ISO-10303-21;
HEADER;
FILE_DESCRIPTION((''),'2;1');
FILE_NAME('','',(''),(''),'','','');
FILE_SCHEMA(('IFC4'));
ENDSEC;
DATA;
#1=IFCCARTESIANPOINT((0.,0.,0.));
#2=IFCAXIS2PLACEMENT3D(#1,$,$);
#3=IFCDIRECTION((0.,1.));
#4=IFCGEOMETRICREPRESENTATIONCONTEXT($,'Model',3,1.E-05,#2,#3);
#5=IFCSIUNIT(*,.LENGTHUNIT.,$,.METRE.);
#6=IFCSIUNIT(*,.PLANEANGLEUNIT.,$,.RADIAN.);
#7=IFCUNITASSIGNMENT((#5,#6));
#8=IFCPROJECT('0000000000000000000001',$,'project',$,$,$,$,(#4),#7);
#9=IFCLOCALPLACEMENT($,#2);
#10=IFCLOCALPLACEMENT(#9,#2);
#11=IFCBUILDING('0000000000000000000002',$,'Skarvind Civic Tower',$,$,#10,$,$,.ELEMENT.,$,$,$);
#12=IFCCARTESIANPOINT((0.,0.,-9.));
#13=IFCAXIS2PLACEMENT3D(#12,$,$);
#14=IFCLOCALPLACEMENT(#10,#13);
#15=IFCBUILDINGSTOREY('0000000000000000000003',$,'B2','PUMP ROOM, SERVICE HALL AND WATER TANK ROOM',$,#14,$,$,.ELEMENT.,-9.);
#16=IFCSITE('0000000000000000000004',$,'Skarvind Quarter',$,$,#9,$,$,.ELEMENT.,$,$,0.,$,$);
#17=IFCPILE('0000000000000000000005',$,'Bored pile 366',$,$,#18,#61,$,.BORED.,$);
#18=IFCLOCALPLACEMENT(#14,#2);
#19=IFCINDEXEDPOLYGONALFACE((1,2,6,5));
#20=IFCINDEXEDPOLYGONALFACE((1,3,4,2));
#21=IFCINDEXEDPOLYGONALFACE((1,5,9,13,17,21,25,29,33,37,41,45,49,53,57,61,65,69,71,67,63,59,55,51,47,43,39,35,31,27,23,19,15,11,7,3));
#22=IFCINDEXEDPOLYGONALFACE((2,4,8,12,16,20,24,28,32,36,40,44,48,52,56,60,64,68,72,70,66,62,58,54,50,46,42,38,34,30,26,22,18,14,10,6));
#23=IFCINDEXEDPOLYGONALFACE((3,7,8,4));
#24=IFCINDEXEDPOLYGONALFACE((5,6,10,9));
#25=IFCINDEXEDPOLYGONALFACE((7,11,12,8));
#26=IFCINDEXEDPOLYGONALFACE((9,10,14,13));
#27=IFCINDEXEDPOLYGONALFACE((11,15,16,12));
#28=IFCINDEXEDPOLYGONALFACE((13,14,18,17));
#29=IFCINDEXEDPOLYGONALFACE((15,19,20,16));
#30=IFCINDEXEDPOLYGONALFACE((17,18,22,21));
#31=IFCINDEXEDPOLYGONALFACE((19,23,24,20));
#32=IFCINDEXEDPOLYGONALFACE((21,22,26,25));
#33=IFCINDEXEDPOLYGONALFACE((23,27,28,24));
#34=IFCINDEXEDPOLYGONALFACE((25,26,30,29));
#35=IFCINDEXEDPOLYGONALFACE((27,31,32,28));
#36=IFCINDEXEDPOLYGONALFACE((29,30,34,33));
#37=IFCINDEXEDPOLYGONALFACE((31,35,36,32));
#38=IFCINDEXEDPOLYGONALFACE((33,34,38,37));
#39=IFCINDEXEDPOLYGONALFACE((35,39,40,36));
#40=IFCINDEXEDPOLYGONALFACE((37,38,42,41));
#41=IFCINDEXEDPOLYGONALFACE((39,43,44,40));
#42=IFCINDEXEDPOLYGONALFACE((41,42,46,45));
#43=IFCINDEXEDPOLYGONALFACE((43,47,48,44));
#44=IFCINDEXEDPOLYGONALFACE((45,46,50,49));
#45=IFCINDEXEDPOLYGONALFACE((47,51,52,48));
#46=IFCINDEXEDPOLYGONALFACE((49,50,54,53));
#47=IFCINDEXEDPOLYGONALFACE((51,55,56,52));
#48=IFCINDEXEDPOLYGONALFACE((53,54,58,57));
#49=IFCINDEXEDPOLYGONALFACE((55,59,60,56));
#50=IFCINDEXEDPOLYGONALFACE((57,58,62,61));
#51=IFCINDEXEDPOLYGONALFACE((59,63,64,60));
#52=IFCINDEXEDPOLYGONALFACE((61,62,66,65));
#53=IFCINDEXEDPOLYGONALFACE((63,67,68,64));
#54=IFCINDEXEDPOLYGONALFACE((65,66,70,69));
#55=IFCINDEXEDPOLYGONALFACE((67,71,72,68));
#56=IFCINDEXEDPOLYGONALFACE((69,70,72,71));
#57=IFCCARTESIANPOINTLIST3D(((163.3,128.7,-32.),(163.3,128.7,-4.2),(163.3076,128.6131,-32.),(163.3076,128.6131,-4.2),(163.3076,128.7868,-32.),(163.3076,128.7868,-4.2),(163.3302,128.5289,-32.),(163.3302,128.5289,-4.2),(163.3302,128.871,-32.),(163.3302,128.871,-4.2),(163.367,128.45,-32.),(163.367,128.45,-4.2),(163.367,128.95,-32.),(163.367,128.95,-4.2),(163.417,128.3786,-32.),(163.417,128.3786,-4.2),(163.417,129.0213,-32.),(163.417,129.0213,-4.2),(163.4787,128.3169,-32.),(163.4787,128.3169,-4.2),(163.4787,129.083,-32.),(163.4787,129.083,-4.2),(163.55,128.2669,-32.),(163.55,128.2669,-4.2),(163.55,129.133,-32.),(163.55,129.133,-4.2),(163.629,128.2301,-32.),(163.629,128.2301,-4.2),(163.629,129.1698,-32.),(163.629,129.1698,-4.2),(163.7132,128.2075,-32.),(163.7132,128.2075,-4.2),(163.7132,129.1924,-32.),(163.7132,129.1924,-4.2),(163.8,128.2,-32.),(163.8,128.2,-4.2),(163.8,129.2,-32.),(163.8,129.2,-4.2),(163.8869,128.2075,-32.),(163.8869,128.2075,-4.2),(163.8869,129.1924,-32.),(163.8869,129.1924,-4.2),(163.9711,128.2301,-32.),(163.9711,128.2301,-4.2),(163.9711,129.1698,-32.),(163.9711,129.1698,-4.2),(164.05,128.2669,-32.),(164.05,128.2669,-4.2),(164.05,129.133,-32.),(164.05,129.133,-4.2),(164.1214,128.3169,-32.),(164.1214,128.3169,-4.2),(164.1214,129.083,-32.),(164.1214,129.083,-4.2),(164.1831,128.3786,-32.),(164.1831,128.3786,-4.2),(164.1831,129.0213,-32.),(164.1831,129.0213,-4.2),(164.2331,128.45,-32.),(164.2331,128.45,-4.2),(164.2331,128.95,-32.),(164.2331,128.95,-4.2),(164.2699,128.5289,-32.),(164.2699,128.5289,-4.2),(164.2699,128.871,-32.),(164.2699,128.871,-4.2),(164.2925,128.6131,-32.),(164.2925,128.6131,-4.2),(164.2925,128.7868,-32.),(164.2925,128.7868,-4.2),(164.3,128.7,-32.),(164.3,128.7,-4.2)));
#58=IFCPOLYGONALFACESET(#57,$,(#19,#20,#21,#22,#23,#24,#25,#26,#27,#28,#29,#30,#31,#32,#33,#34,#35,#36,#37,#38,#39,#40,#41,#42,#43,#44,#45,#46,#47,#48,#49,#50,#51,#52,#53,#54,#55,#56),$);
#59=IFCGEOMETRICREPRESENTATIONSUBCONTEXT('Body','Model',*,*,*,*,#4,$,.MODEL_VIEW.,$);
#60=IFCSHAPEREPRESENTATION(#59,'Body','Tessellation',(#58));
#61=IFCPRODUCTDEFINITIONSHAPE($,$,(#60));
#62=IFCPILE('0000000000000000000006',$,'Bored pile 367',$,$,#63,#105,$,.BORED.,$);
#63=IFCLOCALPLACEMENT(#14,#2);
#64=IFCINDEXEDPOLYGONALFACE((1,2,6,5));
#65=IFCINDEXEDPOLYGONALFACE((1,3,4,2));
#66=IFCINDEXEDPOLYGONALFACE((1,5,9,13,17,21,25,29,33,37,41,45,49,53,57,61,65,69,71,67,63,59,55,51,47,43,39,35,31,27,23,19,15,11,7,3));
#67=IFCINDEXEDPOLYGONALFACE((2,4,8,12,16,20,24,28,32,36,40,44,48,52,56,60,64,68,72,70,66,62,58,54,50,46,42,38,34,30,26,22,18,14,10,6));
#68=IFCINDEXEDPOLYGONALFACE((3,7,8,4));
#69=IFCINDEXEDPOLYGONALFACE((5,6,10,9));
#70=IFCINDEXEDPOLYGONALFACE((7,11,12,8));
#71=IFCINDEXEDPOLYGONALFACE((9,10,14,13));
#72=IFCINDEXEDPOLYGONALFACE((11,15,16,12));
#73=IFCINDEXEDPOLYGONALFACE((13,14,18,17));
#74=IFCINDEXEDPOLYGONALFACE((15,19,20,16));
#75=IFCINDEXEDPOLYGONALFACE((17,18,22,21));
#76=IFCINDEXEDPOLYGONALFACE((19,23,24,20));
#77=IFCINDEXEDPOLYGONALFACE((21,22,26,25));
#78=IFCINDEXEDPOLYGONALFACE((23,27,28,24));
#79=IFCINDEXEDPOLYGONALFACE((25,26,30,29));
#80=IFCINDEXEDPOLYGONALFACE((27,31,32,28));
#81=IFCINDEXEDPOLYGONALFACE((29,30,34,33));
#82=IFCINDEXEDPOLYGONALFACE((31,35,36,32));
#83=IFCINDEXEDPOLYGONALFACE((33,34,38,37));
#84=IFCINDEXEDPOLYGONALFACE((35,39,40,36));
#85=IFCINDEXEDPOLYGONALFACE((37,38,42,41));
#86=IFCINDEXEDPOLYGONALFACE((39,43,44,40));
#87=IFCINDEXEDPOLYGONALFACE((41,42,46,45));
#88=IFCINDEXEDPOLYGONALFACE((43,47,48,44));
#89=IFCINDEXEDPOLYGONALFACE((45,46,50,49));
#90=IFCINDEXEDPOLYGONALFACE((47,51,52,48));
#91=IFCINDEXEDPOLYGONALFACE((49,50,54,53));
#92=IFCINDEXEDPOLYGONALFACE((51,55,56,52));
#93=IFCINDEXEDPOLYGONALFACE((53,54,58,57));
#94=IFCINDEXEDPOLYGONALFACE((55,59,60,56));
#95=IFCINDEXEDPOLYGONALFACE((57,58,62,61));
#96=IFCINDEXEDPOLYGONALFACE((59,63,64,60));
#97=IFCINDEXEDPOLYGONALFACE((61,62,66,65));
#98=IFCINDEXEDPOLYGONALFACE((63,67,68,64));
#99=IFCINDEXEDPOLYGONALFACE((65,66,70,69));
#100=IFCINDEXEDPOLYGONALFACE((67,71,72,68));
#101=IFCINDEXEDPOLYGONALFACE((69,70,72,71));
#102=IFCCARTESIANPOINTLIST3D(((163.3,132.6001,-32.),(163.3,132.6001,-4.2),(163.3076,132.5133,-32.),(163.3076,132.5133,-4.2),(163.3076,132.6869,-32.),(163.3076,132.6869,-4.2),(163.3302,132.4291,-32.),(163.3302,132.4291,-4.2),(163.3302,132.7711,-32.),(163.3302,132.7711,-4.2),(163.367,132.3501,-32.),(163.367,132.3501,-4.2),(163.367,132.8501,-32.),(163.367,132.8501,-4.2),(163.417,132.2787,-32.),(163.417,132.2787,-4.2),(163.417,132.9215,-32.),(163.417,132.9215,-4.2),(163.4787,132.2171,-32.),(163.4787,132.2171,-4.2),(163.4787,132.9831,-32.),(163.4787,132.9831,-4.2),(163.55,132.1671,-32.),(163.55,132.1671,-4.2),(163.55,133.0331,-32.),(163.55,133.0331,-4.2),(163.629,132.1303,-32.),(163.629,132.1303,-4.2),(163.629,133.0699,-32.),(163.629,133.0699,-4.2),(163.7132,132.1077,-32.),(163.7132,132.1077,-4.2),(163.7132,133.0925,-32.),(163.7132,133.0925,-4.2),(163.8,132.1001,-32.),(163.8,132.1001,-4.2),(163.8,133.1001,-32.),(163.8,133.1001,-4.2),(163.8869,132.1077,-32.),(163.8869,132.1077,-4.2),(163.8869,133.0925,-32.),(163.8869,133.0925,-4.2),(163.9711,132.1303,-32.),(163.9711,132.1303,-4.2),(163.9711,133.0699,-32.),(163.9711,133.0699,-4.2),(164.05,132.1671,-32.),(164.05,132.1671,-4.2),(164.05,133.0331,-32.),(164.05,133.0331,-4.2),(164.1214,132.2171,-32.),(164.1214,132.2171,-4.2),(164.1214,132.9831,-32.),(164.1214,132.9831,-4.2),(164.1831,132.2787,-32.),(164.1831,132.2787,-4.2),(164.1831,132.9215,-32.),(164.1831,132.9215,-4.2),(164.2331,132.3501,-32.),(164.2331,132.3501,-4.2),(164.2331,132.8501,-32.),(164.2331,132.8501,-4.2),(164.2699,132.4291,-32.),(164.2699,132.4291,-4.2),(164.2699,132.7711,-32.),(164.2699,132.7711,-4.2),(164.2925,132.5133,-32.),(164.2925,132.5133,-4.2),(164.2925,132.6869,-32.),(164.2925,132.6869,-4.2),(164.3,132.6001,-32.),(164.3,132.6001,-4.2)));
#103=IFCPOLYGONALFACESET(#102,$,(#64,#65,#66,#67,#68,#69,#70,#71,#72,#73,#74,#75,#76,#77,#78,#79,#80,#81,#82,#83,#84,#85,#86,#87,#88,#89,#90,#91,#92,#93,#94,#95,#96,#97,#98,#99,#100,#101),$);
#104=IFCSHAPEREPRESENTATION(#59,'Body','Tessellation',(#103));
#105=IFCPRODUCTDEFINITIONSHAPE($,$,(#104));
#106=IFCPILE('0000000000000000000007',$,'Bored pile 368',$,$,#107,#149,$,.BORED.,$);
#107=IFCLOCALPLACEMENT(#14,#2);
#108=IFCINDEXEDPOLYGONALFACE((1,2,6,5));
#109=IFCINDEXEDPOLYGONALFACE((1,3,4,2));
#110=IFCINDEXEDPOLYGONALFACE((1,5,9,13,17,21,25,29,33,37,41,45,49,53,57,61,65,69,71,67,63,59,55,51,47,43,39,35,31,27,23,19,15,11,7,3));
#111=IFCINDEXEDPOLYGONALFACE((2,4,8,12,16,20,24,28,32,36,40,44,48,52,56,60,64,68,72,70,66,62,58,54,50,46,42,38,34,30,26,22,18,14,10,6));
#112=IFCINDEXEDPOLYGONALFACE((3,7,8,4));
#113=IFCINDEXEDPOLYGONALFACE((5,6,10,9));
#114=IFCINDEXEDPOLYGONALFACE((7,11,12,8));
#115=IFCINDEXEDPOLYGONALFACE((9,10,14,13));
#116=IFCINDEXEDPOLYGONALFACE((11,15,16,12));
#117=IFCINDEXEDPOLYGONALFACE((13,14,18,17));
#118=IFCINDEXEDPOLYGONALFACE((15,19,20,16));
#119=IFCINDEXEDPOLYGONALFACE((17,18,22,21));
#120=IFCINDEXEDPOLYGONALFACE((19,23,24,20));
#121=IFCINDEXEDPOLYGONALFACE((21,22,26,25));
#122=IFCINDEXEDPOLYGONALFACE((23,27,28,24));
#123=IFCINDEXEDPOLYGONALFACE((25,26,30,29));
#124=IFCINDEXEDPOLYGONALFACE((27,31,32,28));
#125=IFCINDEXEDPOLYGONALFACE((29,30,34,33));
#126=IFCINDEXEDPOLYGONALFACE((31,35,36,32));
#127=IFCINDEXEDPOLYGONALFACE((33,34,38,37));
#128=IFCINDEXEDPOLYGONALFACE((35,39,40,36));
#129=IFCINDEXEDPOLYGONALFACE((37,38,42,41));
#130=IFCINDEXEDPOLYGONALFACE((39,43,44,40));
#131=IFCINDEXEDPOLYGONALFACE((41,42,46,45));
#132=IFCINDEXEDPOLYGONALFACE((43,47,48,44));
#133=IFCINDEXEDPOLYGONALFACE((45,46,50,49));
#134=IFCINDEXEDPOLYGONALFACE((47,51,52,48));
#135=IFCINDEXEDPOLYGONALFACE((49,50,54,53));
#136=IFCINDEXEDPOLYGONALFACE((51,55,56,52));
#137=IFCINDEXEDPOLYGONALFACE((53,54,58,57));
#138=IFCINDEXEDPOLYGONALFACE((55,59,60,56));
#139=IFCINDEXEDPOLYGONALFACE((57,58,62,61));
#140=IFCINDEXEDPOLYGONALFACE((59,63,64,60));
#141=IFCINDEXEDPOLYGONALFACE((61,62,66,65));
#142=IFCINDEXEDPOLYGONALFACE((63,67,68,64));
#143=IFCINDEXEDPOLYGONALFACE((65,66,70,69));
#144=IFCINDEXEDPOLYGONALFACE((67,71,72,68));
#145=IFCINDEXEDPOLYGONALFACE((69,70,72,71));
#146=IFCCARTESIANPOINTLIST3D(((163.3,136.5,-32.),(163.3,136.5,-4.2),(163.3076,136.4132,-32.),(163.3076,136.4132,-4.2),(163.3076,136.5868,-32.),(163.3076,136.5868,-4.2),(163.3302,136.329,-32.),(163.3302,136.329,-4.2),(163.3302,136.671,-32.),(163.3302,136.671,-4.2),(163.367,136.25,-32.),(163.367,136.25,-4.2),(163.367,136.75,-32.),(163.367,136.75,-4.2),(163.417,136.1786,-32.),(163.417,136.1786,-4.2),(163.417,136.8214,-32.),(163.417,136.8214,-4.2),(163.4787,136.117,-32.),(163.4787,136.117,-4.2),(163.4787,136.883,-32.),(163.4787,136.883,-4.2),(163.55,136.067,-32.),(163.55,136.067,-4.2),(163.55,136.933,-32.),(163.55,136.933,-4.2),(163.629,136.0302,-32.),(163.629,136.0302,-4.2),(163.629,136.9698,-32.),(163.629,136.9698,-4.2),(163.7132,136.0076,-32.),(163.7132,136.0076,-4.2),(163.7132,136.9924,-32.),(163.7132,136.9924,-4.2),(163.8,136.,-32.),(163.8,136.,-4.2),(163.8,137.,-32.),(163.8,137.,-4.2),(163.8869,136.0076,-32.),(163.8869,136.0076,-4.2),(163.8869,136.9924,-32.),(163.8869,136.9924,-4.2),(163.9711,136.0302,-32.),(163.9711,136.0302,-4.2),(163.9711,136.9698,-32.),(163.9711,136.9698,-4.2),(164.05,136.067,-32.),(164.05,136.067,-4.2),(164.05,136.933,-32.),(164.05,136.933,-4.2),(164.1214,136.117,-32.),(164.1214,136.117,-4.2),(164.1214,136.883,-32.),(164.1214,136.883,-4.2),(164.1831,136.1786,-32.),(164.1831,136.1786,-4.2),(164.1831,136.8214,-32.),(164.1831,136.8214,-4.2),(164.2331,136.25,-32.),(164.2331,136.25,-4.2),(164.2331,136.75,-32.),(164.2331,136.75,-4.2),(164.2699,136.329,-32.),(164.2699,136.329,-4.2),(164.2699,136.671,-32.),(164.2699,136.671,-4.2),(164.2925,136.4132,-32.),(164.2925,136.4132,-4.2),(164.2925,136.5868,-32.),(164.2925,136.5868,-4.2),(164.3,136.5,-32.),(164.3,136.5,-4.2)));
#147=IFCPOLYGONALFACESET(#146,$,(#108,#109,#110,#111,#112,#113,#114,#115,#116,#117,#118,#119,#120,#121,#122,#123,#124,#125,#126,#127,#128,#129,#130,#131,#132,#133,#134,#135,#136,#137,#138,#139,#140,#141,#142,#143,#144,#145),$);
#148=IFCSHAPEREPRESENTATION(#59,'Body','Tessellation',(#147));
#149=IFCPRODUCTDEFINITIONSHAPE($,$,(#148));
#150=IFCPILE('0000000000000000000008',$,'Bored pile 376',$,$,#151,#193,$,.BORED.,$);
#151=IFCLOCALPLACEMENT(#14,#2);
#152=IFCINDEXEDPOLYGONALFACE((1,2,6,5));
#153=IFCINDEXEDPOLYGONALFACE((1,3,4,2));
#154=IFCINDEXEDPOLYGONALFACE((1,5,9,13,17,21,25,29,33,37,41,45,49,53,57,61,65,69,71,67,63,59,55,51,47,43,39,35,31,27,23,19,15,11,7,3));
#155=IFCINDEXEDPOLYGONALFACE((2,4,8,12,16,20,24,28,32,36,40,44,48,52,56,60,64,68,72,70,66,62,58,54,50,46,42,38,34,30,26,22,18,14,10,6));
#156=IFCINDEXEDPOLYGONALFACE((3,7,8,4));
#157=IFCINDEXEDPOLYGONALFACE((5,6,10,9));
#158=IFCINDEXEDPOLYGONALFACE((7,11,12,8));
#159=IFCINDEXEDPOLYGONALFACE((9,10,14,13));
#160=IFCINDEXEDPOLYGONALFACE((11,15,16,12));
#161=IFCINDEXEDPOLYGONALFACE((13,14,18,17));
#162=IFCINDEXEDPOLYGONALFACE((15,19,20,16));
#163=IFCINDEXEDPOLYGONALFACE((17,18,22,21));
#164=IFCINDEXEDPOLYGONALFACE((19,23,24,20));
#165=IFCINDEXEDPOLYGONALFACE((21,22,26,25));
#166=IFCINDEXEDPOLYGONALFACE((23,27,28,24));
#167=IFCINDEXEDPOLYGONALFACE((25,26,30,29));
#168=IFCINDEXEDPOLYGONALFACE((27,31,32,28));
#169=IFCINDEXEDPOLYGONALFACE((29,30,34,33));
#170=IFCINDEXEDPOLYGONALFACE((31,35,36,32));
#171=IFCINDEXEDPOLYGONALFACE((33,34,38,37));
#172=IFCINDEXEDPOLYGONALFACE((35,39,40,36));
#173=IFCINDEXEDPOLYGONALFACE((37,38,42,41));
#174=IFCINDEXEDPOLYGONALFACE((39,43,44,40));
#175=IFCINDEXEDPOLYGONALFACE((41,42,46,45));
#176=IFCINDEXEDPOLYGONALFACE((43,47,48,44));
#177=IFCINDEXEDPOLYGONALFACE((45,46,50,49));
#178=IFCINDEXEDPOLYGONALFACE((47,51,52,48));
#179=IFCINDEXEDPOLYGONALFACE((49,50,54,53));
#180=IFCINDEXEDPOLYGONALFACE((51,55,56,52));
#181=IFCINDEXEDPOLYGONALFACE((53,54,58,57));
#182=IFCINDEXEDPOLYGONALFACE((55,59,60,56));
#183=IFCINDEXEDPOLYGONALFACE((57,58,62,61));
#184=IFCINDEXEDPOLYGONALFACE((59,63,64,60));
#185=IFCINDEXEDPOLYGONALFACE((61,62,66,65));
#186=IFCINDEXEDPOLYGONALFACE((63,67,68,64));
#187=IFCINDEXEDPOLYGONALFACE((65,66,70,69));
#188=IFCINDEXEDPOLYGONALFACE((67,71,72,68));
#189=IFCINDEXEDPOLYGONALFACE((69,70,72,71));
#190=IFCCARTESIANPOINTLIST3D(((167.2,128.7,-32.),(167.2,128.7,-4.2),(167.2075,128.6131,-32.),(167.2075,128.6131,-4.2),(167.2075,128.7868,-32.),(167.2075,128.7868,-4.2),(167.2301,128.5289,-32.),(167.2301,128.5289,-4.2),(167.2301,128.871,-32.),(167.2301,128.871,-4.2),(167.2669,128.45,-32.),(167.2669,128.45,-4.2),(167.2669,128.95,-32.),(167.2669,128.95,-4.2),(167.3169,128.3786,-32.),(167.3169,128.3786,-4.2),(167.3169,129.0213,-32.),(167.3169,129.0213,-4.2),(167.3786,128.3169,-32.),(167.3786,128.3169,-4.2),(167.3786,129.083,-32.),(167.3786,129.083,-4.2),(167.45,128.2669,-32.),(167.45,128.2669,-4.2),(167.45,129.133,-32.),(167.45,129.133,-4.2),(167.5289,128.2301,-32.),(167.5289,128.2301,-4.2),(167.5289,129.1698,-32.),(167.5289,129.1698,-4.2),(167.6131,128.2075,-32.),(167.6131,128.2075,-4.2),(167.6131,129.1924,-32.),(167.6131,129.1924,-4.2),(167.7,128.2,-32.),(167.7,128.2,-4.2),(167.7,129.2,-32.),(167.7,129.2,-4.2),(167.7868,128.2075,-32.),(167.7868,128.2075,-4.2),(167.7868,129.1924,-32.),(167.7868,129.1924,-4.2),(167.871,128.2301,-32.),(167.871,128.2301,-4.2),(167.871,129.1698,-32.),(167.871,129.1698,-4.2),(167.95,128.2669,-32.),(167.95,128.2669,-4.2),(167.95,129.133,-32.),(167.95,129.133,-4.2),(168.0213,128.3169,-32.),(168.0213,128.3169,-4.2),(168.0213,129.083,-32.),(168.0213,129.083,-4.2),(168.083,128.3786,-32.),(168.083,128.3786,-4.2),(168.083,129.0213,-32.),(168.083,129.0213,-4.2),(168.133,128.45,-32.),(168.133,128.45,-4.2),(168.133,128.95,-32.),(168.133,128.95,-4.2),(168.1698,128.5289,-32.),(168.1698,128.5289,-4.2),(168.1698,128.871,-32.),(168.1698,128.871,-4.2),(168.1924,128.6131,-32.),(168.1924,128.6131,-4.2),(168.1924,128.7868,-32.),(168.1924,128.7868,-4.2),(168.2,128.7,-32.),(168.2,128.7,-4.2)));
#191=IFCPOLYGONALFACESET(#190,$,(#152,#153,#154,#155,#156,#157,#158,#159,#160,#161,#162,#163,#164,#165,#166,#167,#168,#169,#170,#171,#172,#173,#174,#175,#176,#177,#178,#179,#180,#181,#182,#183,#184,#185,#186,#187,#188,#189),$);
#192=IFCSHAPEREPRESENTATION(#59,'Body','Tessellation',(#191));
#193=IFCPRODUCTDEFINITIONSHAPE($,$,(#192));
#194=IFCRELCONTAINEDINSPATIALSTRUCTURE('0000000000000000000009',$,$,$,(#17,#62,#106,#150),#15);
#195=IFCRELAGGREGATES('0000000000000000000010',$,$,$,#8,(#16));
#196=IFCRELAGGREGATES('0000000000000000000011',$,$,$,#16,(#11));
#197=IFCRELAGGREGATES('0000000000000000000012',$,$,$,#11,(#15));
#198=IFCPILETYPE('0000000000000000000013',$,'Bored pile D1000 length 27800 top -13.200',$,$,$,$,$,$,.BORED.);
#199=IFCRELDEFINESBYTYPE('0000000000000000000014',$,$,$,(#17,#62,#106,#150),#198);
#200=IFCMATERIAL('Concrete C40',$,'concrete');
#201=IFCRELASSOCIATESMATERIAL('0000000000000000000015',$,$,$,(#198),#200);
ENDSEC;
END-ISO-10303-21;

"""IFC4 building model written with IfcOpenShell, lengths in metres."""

from ifc_helpers import new_model, si_unit, direction, frame, origin, origin_2d, place, context, subcontext, project, spatial, circle, extrude, material, type_object, element, save


model = new_model("IFC4")

# Units and contexts
model_context = context("Model", 3, precision=1e-05, world=origin(), true_north=direction((0.0, 1.0)))
body_context = subcontext(model_context, "Body", "Model", "MODEL_VIEW")
ifc_project = project(units=[si_unit("LENGTHUNIT", "METRE"), si_unit("PLANEANGLEUNIT", "RADIAN")], contexts=[model_context])

# Site, building, storey
site_placement = place(None, origin())
site = spatial("IfcSite", under=ifc_project, at=site_placement, Name="Skarvind Quarter", CompositionType="ELEMENT", RefElevation=0.0)
building_placement = place(site_placement, origin())
building = spatial("IfcBuilding", under=site, at=building_placement, Name="Skarvind Civic Tower", CompositionType="ELEMENT")
storey_placement = place(building_placement, frame((0.0, 0.0, -9.0)))
storey = spatial("IfcBuildingStorey", under=building, at=storey_placement, Name="B2", Description="PUMP ROOM, SERVICE HALL AND WATER TANK ROOM", CompositionType="ELEMENT", Elevation=-9.0)

# Piles
ifc_material_1 = material(Name="Concrete C40", Category="concrete")
pile_type_1 = type_object("IfcPileType", Name="Bored pile D1000 length 27800 top -13.200", PredefinedType="BORED", material=ifc_material_1)
for number, where, z_axis, x_axis, name in (
    (1, (163.8, 128.7, -4.2), (0.0, 0.0, -1.0), (1.0, 0.0, 0.0), "Bored pile 366"),
    (2, (163.8, 132.6001, -4.2), (0.0, 0.0, -1.0), (1.0, 0.0, 0.0), "Bored pile 367"),
    (3, (163.8, 136.5, -4.2), (0.0, 0.0, -1.0), (1.0, 0.0, 0.0), "Bored pile 368"),
    (4, (167.7, 128.7, -4.2), (0.0, 0.0, -1.0), (1.0, 0.0, 0.0), "Bored pile 376"),
):
    element("IfcPile", number, at=place(storey_placement, frame(where, z_axis=z_axis, x_axis=x_axis)), inside=storey, type_object=pile_type_1, Name=name, PredefinedType="BORED", context=body_context, shape_type="SweptSolid", body=[
        extrude(circle(Radius=0.5, at=origin_2d()), origin(), (0.0, 0.0, 1.0), 27.8),
    ])

save(model, "model.ifc")
